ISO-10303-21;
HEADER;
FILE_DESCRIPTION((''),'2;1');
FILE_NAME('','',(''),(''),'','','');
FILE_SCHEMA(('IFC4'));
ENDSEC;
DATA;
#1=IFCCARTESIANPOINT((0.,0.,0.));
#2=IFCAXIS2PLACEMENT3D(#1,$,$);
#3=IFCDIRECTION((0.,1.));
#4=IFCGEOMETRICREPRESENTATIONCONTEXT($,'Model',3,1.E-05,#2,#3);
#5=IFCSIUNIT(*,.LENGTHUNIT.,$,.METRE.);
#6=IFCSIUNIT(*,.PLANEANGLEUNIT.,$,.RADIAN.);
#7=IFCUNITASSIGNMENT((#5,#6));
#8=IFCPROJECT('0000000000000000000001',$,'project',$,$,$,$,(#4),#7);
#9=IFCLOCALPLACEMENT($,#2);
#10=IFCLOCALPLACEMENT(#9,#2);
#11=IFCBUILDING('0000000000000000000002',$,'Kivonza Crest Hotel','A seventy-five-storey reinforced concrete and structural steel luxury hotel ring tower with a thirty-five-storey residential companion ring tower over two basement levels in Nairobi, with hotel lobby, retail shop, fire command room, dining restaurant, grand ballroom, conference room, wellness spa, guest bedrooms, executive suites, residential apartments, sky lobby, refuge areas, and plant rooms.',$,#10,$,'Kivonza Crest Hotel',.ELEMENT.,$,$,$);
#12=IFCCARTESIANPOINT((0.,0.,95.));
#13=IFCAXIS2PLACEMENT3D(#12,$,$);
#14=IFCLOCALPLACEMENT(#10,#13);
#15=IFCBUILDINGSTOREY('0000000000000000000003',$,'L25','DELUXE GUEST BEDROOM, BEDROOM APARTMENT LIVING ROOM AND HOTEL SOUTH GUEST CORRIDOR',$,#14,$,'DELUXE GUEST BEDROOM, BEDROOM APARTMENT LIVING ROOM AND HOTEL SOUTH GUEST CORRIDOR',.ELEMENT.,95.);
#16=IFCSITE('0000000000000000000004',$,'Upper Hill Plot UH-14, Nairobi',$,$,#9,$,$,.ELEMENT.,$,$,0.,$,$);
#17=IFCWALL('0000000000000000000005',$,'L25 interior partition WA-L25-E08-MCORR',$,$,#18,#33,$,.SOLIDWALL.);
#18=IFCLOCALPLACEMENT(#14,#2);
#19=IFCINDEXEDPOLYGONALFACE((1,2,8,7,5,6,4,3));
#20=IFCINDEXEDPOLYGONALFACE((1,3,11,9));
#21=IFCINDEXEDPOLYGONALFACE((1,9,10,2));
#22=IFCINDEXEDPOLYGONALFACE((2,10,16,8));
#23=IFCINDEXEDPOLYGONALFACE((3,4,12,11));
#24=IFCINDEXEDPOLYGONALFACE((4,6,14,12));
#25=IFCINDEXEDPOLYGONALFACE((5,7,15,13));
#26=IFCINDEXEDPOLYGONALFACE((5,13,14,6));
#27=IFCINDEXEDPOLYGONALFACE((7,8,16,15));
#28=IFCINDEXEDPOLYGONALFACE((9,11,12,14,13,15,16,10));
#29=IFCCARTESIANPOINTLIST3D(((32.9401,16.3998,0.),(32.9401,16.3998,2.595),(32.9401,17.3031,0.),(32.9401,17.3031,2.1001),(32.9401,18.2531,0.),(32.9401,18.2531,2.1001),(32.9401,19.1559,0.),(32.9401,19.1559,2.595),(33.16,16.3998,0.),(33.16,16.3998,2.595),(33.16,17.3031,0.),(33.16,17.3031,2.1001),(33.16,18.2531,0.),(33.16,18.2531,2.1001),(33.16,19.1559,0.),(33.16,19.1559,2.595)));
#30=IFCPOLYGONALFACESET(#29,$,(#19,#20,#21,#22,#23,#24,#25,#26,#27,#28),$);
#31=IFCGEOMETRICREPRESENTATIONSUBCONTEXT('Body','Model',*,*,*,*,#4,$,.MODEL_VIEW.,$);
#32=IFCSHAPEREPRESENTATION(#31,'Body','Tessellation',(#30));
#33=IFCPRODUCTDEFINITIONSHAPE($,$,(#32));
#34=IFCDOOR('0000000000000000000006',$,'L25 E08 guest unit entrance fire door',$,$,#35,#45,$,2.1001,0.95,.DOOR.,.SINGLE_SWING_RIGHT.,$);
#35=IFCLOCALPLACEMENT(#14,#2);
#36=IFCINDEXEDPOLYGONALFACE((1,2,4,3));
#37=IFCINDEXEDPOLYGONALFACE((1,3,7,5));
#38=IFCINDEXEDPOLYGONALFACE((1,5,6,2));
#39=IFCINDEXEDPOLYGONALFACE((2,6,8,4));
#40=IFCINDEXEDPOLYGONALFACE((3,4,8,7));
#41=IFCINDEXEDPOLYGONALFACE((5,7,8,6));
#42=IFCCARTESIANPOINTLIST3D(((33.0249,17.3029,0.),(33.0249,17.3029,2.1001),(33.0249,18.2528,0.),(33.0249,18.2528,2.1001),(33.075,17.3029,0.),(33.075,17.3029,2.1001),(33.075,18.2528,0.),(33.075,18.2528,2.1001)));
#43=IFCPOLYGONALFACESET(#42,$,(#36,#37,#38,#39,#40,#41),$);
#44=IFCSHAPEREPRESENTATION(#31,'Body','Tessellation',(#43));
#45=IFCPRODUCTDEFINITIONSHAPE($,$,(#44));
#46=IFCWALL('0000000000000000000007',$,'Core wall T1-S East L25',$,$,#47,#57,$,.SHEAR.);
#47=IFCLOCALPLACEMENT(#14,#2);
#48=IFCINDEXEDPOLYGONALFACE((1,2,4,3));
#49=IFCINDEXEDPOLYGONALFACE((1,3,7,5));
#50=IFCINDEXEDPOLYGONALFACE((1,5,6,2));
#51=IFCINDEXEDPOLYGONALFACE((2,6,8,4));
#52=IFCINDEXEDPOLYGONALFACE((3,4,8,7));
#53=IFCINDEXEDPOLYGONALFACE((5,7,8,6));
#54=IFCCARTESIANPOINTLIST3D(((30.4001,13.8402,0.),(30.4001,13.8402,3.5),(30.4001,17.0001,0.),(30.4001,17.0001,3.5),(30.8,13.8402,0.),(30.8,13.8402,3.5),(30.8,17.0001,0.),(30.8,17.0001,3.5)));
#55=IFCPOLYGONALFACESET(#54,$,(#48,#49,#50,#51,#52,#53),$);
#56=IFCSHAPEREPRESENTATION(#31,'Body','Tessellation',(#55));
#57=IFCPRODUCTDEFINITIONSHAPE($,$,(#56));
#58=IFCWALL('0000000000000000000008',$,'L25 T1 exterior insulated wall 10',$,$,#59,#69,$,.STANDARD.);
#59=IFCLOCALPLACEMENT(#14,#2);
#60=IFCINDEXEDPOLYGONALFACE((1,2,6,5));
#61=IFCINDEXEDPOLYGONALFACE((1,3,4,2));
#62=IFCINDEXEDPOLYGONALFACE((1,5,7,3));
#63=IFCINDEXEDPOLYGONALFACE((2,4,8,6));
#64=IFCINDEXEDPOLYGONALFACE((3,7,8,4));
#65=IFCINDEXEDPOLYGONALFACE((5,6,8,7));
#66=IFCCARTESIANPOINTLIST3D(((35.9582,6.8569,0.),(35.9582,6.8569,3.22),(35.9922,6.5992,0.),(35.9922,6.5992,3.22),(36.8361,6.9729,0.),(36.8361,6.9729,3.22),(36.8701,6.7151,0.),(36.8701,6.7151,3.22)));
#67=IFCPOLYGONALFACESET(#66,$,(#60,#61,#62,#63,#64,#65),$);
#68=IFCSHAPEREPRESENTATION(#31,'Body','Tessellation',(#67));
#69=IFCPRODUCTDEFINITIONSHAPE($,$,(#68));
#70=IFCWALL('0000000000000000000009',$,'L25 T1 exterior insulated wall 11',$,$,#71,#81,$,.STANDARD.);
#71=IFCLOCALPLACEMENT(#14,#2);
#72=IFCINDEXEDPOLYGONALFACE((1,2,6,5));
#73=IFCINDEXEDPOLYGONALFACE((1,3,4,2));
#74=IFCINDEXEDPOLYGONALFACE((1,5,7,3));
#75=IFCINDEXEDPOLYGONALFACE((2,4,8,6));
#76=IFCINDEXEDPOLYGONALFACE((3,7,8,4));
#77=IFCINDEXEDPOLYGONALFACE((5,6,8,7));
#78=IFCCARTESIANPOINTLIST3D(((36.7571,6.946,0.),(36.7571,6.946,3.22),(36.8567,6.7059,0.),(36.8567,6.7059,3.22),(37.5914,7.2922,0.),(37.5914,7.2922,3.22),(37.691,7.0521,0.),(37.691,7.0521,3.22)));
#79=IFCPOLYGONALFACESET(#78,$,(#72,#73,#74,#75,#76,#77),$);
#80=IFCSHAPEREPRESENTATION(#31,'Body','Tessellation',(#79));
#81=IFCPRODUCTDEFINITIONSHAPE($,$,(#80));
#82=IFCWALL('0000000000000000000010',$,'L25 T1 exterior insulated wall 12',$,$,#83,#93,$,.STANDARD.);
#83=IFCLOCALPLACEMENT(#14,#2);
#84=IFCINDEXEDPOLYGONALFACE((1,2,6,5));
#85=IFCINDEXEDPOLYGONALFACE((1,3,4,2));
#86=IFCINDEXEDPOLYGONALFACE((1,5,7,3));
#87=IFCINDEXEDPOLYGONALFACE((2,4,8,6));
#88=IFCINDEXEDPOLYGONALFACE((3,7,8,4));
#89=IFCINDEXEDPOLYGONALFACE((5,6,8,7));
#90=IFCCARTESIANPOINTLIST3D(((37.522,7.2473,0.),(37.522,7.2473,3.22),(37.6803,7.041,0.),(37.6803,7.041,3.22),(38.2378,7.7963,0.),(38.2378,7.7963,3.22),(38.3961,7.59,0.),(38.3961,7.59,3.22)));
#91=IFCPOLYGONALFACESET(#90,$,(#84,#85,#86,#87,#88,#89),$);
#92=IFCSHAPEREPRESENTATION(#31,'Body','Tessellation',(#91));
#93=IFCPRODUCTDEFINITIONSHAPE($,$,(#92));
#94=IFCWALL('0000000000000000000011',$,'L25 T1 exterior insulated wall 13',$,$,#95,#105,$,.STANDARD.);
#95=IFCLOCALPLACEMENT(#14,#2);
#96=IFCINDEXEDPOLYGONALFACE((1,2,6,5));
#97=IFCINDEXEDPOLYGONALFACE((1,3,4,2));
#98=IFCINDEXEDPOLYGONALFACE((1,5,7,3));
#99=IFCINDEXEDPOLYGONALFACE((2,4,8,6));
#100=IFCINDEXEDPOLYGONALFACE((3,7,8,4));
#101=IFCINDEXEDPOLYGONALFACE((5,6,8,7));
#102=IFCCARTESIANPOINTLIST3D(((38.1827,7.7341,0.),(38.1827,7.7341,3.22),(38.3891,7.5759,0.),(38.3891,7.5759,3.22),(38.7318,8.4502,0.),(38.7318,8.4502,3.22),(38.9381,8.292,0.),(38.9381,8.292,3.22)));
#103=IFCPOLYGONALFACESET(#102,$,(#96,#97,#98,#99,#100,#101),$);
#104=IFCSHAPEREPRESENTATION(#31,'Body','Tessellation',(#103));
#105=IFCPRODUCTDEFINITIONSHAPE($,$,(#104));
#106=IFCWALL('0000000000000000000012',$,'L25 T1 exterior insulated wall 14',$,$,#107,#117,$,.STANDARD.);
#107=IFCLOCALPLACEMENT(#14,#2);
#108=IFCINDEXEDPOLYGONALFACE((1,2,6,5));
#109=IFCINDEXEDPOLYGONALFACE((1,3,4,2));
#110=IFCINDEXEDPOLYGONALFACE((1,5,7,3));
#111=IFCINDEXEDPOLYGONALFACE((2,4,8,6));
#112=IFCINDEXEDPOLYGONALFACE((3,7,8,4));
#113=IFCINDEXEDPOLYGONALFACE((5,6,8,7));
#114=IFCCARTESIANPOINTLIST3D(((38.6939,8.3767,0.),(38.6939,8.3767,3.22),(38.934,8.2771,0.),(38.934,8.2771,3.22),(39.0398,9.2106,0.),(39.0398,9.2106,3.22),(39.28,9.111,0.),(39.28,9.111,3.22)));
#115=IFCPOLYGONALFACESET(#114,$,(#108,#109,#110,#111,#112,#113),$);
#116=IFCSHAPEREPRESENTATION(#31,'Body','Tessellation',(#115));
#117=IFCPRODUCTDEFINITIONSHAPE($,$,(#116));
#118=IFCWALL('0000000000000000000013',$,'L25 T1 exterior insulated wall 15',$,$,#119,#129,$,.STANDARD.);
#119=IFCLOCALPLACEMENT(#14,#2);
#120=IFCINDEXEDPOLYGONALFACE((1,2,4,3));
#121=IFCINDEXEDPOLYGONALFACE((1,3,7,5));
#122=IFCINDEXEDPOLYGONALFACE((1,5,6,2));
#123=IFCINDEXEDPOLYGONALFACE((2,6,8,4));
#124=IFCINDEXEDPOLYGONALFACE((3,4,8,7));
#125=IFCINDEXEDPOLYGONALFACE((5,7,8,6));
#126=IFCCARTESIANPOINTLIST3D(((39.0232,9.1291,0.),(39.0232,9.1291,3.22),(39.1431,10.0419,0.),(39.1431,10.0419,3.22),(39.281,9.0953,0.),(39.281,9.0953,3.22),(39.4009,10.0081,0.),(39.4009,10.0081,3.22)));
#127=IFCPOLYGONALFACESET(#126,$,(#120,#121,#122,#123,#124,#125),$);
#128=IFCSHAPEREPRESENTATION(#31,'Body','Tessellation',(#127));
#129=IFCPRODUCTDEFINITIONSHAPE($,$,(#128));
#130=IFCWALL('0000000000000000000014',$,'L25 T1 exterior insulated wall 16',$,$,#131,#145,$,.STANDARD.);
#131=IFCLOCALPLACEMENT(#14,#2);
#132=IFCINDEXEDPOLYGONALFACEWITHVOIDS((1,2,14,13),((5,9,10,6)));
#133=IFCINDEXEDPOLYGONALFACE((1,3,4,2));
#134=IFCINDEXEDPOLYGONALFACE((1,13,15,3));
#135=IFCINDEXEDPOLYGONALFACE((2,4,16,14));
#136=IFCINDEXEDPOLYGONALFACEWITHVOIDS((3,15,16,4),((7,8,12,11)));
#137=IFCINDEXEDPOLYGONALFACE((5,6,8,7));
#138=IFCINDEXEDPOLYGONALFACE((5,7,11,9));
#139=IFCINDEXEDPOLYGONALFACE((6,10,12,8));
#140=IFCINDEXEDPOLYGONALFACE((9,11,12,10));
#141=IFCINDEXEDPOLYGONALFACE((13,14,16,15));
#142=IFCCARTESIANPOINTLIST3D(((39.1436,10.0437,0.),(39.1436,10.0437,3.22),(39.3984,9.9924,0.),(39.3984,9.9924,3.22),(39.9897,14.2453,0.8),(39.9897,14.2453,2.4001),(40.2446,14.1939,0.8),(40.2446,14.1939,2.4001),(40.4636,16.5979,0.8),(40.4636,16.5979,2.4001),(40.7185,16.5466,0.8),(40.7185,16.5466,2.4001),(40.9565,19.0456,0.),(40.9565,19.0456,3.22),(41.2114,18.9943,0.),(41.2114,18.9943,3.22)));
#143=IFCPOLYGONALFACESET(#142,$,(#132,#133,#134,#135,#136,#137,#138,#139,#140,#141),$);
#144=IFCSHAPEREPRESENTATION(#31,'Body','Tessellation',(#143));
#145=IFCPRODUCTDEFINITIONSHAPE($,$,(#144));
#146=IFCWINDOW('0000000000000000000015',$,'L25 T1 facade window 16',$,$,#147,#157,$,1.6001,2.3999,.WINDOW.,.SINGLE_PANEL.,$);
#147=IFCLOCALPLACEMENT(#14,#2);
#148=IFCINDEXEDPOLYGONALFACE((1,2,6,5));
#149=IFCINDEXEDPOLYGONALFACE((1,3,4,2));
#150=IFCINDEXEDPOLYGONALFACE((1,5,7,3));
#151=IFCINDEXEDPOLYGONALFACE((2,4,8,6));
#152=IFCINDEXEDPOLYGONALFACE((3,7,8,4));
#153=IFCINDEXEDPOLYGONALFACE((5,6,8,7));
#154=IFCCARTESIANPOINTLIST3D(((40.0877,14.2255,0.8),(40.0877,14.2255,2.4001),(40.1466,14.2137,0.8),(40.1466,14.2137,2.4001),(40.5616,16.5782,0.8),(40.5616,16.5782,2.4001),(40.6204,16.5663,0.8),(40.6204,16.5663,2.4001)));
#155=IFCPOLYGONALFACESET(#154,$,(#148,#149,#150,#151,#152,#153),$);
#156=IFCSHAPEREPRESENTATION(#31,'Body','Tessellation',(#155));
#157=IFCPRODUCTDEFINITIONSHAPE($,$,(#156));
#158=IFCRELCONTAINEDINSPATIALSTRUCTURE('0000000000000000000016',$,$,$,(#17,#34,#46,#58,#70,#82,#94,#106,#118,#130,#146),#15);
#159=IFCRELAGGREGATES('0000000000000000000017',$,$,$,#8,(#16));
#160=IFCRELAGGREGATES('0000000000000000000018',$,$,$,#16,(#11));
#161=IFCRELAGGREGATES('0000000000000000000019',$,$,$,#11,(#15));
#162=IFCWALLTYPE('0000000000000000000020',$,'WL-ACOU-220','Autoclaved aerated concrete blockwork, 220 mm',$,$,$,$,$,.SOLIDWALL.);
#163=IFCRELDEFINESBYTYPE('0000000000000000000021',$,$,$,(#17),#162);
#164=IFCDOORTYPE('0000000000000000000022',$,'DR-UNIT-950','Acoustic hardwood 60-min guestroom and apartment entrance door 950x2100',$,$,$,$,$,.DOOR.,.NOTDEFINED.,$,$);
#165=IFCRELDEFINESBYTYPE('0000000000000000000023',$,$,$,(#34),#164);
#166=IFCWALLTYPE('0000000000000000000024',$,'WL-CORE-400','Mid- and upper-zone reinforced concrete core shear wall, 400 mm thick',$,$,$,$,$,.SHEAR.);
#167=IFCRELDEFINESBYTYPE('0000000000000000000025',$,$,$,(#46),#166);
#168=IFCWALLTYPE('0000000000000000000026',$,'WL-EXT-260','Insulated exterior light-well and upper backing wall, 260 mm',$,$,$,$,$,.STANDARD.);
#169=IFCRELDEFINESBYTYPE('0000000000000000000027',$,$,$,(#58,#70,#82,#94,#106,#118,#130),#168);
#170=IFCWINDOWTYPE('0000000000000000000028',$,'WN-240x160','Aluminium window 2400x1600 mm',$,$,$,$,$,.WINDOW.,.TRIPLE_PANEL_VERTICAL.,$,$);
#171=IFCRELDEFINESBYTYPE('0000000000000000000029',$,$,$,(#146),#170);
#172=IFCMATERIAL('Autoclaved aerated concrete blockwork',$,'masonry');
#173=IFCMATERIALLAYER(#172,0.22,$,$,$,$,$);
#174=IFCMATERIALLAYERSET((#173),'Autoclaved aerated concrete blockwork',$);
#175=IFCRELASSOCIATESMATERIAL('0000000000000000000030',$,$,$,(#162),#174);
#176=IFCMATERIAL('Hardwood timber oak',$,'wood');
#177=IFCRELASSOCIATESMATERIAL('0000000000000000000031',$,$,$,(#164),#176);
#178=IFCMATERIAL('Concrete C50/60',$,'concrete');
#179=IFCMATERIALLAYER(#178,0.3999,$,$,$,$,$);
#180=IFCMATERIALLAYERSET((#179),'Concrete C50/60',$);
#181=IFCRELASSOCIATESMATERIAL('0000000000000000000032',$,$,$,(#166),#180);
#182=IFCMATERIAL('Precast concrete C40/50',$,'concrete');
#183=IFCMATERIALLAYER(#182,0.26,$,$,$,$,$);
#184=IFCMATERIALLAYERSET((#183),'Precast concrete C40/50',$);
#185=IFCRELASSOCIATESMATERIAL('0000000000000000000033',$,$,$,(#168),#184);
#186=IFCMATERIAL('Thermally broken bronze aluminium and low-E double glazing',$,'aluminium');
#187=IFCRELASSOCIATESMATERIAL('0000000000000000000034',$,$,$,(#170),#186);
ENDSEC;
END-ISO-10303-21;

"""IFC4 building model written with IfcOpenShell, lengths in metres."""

from ifc_helpers import new_model, si_unit, direction, frame, frame_2d, origin, place, context, subcontext, project, spatial, rectangle, extrude, material, layer, layer_set, type_object, element, fill, save


model = new_model("IFC4")

# Units and contexts
model_context = context("Model", 3, precision=1e-05, world=origin(), true_north=direction((0.0, 1.0)))
body_context = subcontext(model_context, "Body", "Model", "MODEL_VIEW")
ifc_project = project(units=[si_unit("LENGTHUNIT", "METRE"), si_unit("PLANEANGLEUNIT", "RADIAN")], contexts=[model_context])

# Site, building, storey
site_placement = place(None, origin())
site = spatial("IfcSite", under=ifc_project, at=site_placement, Name="Upper Hill Plot UH-14, Nairobi", CompositionType="ELEMENT", RefElevation=0.0)
building_placement = place(site_placement, origin())
building = spatial("IfcBuilding", under=site, at=building_placement, Name="Kivonza Crest Hotel", Description="A seventy-five-storey reinforced concrete and structural steel luxury hotel ring tower with a thirty-five-storey residential companion ring tower over two basement levels in Nairobi, with hotel lobby, retail shop, fire command room, dining restaurant, grand ballroom, conference room, wellness spa, guest bedrooms, executive suites, residential apartments, sky lobby, refuge areas, and plant rooms.", LongName="Kivonza Crest Hotel", CompositionType="ELEMENT")
storey_placement = place(building_placement, frame((0.0, 0.0, 95.0)))
storey = spatial("IfcBuildingStorey", under=building, at=storey_placement, Name="L25", Description="DELUXE GUEST BEDROOM, BEDROOM APARTMENT LIVING ROOM AND HOTEL SOUTH GUEST CORRIDOR", LongName="DELUXE GUEST BEDROOM, BEDROOM APARTMENT LIVING ROOM AND HOTEL SOUTH GUEST CORRIDOR", CompositionType="ELEMENT", Elevation=95.0)

# Shared definitions
ifc_material_1 = material(Name="Autoclaved aerated concrete blockwork", Category="masonry")
ifc_layer_1 = layer(ifc_material_1, 0.22)
ifc_layer_set_1 = layer_set([ifc_layer_1], Name="Autoclaved aerated concrete blockwork")
wall_type_1 = type_object("IfcWallType", Name="WL-ACOU-220", Description="Autoclaved aerated concrete blockwork, 220 mm", PredefinedType="SOLIDWALL", material=ifc_layer_set_1)

# Wall, opening, door
wall_1_placement = place(storey_placement, frame((33.05, 16.3999, 0.0), z_axis=(0.0, 0.0, 1.0), x_axis=(0.0, 1.0, 0.0)))
wall_1 = element("IfcWall", 1, at=wall_1_placement, inside=storey, type_object=wall_type_1, Name="L25 interior partition WA-L25-E08-MCORR", PredefinedType="SOLIDWALL", context=body_context, shape_type="SweptSolid", body=[
    extrude(rectangle(XDim=2.7561, YDim=0.22, at=frame_2d((1.3779, 0.0))), origin(), (0.0, 0.0, 1.0), 2.595),
])
opening_1_placement = place(wall_1_placement, frame((0.9031, 0.0, 0.0)))
opening_1 = element("IfcOpeningElement", 2, at=opening_1_placement, cuts=wall_1, PredefinedType="OPENING", context=body_context, shape_type="SweptSolid", body=[
    extrude(rectangle(XDim=0.95, YDim=2.1001, at=frame_2d((0.4751, 1.05))), frame((0.0, 0.1201, 0.0), z_axis=(0.0, -1.0, 0.0), x_axis=(1.0, 0.0, 0.0)), (0.0, 0.0, 1.0), 0.24),
])
ifc_material_2 = material(Name="Hardwood timber oak", Category="wood")
door_type_1 = type_object("IfcDoorType", Name="DR-UNIT-950", Description="Acoustic hardwood 60-min guestroom and apartment entrance door 950x2100", OperationType="NOTDEFINED", PredefinedType="DOOR", material=ifc_material_2)
door_1_placement = place(opening_1_placement, frame((0.95, 0.0, 0.0), z_axis=(0.0, 0.0, 1.0), x_axis=(-1.0, 0.0, 0.0)))
door_1 = element("IfcDoor", 3, at=door_1_placement, inside=storey, type_object=door_type_1, Name="L25 E08 guest unit entrance fire door", OperationType="SINGLE_SWING_RIGHT", OverallHeight=2.1001, OverallWidth=0.95, PredefinedType="DOOR", context=body_context, shape_type="SweptSolid", body=[
    extrude(rectangle(XDim=0.95, YDim=2.1001, at=frame_2d((0.4751, 1.05))), frame((0.0, 0.0249, 0.0), z_axis=(0.0, -1.0, 0.0), x_axis=(1.0, 0.0, 0.0)), (0.0, 0.0, 1.0), 0.05),
])
fill(opening_1, door_1)

# Walls
ifc_material_3 = material(Name="Concrete C50/60", Category="concrete")
ifc_layer_2 = layer(ifc_material_3, 0.3999)
ifc_layer_set_2 = layer_set([ifc_layer_2], Name="Concrete C50/60")
wall_type_2 = type_object("IfcWallType", Name="WL-CORE-400", Description="Mid- and upper-zone reinforced concrete core shear wall, 400 mm thick", PredefinedType="SHEAR", material=ifc_layer_set_2)
wall_2_placement = place(storey_placement, frame((30.6001, 13.8401, 0.0), z_axis=(0.0, 0.0, 1.0), x_axis=(0.0, 1.0, 0.0)))
element("IfcWall", 4, at=wall_2_placement, inside=storey, type_object=wall_type_2, Name="Core wall T1-S East L25", PredefinedType="SHEAR", context=body_context, shape_type="SweptSolid", body=[
    extrude(rectangle(XDim=3.1599, YDim=0.3999, at=frame_2d((1.5801, 0.0))), origin(), (0.0, 0.0, 1.0), 3.5),
])
ifc_material_4 = material(Name="Precast concrete C40/50", Category="concrete")
ifc_layer_3 = layer(ifc_material_4, 0.26)
ifc_layer_set_3 = layer_set([ifc_layer_3], Name="Precast concrete C40/50")
wall_type_3 = type_object("IfcWallType", Name="WL-EXT-260", Description="Insulated exterior light-well and upper backing wall, 260 mm", PredefinedType="STANDARD", material=ifc_layer_set_3)
wall_3_placement = place(storey_placement, frame((35.9751, 6.728, 0.0), z_axis=(0.0, 0.0, 1.0), x_axis=(0.991388, 0.130954, 0.0)))
element("IfcWall", 5, at=wall_3_placement, inside=storey, type_object=wall_type_3, Name="L25 T1 exterior insulated wall 10", PredefinedType="STANDARD", context=body_context, shape_type="SweptSolid", body=[
    extrude(rectangle(XDim=0.8855, YDim=0.26, at=frame_2d((0.4429, 0.0))), origin(), (0.0, 0.0, 1.0), 3.22),
])
wall_4_placement = place(storey_placement, frame((36.8069, 6.8259, 0.0), z_axis=(0.0, 0.0, 1.0), x_axis=(0.923628, 0.383291, 0.0)))
element("IfcWall", 6, at=wall_4_placement, inside=storey, type_object=wall_type_3, Name="L25 T1 exterior insulated wall 11", PredefinedType="STANDARD", context=body_context, shape_type="SweptSolid", body=[
    extrude(rectangle(XDim=0.9033, YDim=0.26, at=frame_2d((0.4517, 0.0))), origin(), (0.0, 0.0, 1.0), 3.22),
])
wall_5_placement = place(storey_placement, frame((37.6011, 7.144, 0.0), z_axis=(0.0, 0.0, 1.0), x_axis=(0.793458, 0.608625, 0.0)))
element("IfcWall", 7, at=wall_5_placement, inside=storey, type_object=wall_type_3, Name="L25 T1 exterior insulated wall 12", PredefinedType="STANDARD", context=body_context, shape_type="SweptSolid", body=[
    extrude(rectangle(XDim=0.9021, YDim=0.26, at=frame_2d((0.4512, 0.0))), origin(), (0.0, 0.0, 1.0), 3.22),
])
wall_6_placement = place(storey_placement, frame((38.2859, 7.655, 0.0), z_axis=(0.0, 0.0, 1.0), x_axis=(0.608494, 0.793558, 0.0)))
element("IfcWall", 8, at=wall_6_placement, inside=storey, type_object=wall_type_3, Name="L25 T1 exterior insulated wall 13", PredefinedType="STANDARD", context=body_context, shape_type="SweptSolid", body=[
    extrude(rectangle(XDim=0.9023, YDim=0.26, at=frame_2d((0.4512, 0.0))), origin(), (0.0, 0.0, 1.0), 3.22),
])
wall_7_placement = place(storey_placement, frame((38.814, 8.3269, 0.0), z_axis=(0.0, 0.0, 1.0), x_axis=(0.383156, 0.923684, 0.0)))
element("IfcWall", 9, at=wall_7_placement, inside=storey, type_object=wall_type_3, Name="L25 T1 exterior insulated wall 14", PredefinedType="STANDARD", context=body_context, shape_type="SweptSolid", body=[
    extrude(rectangle(XDim=0.9028, YDim=0.26, at=frame_2d((0.4514, 0.0))), origin(), (0.0, 0.0, 1.0), 3.22),
])
wall_8_placement = place(storey_placement, frame((39.1521, 9.1121, 0.0), z_axis=(0.0, 0.0, 1.0), x_axis=(0.130201, 0.991488, 0.0)))
element("IfcWall", 10, at=wall_8_placement, inside=storey, type_object=wall_type_3, Name="L25 T1 exterior insulated wall 15", PredefinedType="STANDARD", context=body_context, shape_type="SweptSolid", body=[
    extrude(rectangle(XDim=0.9207, YDim=0.26, at=frame_2d((0.4604, 0.0))), origin(), (0.0, 0.0, 1.0), 3.22),
])

# Wall, opening, window
wall_9_placement = place(storey_placement, frame((39.271, 10.0181, 0.0), z_axis=(0.0, 0.0, 1.0), x_axis=(0.197435, 0.980316, 0.0)))
wall_9 = element("IfcWall", 11, at=wall_9_placement, inside=storey, type_object=wall_type_3, Name="L25 T1 exterior insulated wall 16", PredefinedType="STANDARD", context=body_context, shape_type="SweptSolid", body=[
    extrude(rectangle(XDim=9.1826, YDim=0.26, at=frame_2d((4.5913, 0.0))), origin(), (0.0, 0.0, 1.0), 3.22),
])
opening_2_placement = place(wall_9_placement, frame((4.2859, 0.0, 0.8)))
opening_2 = element("IfcOpeningElement", 12, at=opening_2_placement, cuts=wall_9, PredefinedType="OPENING", context=body_context, shape_type="SweptSolid", body=[
    extrude(rectangle(XDim=2.3999, YDim=1.6001, at=frame_2d((1.2, 0.8))), frame((0.0, 0.1401, 0.0), z_axis=(0.0, -1.0, 0.0), x_axis=(1.0, 0.0, 0.0)), (0.0, 0.0, 1.0), 0.28),
])
ifc_material_5 = material(Name="Thermally broken bronze aluminium and low-E double glazing", Category="aluminium")
window_type = type_object("IfcWindowType", Name="WN-240x160", Description="Aluminium window 2400x1600 mm", PartitioningType="TRIPLE_PANEL_VERTICAL", PredefinedType="WINDOW", material=ifc_material_5)
window_placement = place(opening_2_placement, origin())
window = element("IfcWindow", 13, at=window_placement, inside=storey, type_object=window_type, Name="L25 T1 facade window 16", OverallHeight=1.6001, OverallWidth=2.3999, PartitioningType="SINGLE_PANEL", PredefinedType="WINDOW", context=body_context, shape_type="SweptSolid", body=[
    extrude(rectangle(XDim=2.3999, YDim=1.6001, at=frame_2d((1.2, 0.8))), frame((0.0, 0.03, 0.0), z_axis=(0.0, -1.0, 0.0), x_axis=(1.0, 0.0, 0.0)), (0.0, 0.0, 1.0), 0.0601),
])
fill(opening_2, window)

save(model, "model.ifc")
